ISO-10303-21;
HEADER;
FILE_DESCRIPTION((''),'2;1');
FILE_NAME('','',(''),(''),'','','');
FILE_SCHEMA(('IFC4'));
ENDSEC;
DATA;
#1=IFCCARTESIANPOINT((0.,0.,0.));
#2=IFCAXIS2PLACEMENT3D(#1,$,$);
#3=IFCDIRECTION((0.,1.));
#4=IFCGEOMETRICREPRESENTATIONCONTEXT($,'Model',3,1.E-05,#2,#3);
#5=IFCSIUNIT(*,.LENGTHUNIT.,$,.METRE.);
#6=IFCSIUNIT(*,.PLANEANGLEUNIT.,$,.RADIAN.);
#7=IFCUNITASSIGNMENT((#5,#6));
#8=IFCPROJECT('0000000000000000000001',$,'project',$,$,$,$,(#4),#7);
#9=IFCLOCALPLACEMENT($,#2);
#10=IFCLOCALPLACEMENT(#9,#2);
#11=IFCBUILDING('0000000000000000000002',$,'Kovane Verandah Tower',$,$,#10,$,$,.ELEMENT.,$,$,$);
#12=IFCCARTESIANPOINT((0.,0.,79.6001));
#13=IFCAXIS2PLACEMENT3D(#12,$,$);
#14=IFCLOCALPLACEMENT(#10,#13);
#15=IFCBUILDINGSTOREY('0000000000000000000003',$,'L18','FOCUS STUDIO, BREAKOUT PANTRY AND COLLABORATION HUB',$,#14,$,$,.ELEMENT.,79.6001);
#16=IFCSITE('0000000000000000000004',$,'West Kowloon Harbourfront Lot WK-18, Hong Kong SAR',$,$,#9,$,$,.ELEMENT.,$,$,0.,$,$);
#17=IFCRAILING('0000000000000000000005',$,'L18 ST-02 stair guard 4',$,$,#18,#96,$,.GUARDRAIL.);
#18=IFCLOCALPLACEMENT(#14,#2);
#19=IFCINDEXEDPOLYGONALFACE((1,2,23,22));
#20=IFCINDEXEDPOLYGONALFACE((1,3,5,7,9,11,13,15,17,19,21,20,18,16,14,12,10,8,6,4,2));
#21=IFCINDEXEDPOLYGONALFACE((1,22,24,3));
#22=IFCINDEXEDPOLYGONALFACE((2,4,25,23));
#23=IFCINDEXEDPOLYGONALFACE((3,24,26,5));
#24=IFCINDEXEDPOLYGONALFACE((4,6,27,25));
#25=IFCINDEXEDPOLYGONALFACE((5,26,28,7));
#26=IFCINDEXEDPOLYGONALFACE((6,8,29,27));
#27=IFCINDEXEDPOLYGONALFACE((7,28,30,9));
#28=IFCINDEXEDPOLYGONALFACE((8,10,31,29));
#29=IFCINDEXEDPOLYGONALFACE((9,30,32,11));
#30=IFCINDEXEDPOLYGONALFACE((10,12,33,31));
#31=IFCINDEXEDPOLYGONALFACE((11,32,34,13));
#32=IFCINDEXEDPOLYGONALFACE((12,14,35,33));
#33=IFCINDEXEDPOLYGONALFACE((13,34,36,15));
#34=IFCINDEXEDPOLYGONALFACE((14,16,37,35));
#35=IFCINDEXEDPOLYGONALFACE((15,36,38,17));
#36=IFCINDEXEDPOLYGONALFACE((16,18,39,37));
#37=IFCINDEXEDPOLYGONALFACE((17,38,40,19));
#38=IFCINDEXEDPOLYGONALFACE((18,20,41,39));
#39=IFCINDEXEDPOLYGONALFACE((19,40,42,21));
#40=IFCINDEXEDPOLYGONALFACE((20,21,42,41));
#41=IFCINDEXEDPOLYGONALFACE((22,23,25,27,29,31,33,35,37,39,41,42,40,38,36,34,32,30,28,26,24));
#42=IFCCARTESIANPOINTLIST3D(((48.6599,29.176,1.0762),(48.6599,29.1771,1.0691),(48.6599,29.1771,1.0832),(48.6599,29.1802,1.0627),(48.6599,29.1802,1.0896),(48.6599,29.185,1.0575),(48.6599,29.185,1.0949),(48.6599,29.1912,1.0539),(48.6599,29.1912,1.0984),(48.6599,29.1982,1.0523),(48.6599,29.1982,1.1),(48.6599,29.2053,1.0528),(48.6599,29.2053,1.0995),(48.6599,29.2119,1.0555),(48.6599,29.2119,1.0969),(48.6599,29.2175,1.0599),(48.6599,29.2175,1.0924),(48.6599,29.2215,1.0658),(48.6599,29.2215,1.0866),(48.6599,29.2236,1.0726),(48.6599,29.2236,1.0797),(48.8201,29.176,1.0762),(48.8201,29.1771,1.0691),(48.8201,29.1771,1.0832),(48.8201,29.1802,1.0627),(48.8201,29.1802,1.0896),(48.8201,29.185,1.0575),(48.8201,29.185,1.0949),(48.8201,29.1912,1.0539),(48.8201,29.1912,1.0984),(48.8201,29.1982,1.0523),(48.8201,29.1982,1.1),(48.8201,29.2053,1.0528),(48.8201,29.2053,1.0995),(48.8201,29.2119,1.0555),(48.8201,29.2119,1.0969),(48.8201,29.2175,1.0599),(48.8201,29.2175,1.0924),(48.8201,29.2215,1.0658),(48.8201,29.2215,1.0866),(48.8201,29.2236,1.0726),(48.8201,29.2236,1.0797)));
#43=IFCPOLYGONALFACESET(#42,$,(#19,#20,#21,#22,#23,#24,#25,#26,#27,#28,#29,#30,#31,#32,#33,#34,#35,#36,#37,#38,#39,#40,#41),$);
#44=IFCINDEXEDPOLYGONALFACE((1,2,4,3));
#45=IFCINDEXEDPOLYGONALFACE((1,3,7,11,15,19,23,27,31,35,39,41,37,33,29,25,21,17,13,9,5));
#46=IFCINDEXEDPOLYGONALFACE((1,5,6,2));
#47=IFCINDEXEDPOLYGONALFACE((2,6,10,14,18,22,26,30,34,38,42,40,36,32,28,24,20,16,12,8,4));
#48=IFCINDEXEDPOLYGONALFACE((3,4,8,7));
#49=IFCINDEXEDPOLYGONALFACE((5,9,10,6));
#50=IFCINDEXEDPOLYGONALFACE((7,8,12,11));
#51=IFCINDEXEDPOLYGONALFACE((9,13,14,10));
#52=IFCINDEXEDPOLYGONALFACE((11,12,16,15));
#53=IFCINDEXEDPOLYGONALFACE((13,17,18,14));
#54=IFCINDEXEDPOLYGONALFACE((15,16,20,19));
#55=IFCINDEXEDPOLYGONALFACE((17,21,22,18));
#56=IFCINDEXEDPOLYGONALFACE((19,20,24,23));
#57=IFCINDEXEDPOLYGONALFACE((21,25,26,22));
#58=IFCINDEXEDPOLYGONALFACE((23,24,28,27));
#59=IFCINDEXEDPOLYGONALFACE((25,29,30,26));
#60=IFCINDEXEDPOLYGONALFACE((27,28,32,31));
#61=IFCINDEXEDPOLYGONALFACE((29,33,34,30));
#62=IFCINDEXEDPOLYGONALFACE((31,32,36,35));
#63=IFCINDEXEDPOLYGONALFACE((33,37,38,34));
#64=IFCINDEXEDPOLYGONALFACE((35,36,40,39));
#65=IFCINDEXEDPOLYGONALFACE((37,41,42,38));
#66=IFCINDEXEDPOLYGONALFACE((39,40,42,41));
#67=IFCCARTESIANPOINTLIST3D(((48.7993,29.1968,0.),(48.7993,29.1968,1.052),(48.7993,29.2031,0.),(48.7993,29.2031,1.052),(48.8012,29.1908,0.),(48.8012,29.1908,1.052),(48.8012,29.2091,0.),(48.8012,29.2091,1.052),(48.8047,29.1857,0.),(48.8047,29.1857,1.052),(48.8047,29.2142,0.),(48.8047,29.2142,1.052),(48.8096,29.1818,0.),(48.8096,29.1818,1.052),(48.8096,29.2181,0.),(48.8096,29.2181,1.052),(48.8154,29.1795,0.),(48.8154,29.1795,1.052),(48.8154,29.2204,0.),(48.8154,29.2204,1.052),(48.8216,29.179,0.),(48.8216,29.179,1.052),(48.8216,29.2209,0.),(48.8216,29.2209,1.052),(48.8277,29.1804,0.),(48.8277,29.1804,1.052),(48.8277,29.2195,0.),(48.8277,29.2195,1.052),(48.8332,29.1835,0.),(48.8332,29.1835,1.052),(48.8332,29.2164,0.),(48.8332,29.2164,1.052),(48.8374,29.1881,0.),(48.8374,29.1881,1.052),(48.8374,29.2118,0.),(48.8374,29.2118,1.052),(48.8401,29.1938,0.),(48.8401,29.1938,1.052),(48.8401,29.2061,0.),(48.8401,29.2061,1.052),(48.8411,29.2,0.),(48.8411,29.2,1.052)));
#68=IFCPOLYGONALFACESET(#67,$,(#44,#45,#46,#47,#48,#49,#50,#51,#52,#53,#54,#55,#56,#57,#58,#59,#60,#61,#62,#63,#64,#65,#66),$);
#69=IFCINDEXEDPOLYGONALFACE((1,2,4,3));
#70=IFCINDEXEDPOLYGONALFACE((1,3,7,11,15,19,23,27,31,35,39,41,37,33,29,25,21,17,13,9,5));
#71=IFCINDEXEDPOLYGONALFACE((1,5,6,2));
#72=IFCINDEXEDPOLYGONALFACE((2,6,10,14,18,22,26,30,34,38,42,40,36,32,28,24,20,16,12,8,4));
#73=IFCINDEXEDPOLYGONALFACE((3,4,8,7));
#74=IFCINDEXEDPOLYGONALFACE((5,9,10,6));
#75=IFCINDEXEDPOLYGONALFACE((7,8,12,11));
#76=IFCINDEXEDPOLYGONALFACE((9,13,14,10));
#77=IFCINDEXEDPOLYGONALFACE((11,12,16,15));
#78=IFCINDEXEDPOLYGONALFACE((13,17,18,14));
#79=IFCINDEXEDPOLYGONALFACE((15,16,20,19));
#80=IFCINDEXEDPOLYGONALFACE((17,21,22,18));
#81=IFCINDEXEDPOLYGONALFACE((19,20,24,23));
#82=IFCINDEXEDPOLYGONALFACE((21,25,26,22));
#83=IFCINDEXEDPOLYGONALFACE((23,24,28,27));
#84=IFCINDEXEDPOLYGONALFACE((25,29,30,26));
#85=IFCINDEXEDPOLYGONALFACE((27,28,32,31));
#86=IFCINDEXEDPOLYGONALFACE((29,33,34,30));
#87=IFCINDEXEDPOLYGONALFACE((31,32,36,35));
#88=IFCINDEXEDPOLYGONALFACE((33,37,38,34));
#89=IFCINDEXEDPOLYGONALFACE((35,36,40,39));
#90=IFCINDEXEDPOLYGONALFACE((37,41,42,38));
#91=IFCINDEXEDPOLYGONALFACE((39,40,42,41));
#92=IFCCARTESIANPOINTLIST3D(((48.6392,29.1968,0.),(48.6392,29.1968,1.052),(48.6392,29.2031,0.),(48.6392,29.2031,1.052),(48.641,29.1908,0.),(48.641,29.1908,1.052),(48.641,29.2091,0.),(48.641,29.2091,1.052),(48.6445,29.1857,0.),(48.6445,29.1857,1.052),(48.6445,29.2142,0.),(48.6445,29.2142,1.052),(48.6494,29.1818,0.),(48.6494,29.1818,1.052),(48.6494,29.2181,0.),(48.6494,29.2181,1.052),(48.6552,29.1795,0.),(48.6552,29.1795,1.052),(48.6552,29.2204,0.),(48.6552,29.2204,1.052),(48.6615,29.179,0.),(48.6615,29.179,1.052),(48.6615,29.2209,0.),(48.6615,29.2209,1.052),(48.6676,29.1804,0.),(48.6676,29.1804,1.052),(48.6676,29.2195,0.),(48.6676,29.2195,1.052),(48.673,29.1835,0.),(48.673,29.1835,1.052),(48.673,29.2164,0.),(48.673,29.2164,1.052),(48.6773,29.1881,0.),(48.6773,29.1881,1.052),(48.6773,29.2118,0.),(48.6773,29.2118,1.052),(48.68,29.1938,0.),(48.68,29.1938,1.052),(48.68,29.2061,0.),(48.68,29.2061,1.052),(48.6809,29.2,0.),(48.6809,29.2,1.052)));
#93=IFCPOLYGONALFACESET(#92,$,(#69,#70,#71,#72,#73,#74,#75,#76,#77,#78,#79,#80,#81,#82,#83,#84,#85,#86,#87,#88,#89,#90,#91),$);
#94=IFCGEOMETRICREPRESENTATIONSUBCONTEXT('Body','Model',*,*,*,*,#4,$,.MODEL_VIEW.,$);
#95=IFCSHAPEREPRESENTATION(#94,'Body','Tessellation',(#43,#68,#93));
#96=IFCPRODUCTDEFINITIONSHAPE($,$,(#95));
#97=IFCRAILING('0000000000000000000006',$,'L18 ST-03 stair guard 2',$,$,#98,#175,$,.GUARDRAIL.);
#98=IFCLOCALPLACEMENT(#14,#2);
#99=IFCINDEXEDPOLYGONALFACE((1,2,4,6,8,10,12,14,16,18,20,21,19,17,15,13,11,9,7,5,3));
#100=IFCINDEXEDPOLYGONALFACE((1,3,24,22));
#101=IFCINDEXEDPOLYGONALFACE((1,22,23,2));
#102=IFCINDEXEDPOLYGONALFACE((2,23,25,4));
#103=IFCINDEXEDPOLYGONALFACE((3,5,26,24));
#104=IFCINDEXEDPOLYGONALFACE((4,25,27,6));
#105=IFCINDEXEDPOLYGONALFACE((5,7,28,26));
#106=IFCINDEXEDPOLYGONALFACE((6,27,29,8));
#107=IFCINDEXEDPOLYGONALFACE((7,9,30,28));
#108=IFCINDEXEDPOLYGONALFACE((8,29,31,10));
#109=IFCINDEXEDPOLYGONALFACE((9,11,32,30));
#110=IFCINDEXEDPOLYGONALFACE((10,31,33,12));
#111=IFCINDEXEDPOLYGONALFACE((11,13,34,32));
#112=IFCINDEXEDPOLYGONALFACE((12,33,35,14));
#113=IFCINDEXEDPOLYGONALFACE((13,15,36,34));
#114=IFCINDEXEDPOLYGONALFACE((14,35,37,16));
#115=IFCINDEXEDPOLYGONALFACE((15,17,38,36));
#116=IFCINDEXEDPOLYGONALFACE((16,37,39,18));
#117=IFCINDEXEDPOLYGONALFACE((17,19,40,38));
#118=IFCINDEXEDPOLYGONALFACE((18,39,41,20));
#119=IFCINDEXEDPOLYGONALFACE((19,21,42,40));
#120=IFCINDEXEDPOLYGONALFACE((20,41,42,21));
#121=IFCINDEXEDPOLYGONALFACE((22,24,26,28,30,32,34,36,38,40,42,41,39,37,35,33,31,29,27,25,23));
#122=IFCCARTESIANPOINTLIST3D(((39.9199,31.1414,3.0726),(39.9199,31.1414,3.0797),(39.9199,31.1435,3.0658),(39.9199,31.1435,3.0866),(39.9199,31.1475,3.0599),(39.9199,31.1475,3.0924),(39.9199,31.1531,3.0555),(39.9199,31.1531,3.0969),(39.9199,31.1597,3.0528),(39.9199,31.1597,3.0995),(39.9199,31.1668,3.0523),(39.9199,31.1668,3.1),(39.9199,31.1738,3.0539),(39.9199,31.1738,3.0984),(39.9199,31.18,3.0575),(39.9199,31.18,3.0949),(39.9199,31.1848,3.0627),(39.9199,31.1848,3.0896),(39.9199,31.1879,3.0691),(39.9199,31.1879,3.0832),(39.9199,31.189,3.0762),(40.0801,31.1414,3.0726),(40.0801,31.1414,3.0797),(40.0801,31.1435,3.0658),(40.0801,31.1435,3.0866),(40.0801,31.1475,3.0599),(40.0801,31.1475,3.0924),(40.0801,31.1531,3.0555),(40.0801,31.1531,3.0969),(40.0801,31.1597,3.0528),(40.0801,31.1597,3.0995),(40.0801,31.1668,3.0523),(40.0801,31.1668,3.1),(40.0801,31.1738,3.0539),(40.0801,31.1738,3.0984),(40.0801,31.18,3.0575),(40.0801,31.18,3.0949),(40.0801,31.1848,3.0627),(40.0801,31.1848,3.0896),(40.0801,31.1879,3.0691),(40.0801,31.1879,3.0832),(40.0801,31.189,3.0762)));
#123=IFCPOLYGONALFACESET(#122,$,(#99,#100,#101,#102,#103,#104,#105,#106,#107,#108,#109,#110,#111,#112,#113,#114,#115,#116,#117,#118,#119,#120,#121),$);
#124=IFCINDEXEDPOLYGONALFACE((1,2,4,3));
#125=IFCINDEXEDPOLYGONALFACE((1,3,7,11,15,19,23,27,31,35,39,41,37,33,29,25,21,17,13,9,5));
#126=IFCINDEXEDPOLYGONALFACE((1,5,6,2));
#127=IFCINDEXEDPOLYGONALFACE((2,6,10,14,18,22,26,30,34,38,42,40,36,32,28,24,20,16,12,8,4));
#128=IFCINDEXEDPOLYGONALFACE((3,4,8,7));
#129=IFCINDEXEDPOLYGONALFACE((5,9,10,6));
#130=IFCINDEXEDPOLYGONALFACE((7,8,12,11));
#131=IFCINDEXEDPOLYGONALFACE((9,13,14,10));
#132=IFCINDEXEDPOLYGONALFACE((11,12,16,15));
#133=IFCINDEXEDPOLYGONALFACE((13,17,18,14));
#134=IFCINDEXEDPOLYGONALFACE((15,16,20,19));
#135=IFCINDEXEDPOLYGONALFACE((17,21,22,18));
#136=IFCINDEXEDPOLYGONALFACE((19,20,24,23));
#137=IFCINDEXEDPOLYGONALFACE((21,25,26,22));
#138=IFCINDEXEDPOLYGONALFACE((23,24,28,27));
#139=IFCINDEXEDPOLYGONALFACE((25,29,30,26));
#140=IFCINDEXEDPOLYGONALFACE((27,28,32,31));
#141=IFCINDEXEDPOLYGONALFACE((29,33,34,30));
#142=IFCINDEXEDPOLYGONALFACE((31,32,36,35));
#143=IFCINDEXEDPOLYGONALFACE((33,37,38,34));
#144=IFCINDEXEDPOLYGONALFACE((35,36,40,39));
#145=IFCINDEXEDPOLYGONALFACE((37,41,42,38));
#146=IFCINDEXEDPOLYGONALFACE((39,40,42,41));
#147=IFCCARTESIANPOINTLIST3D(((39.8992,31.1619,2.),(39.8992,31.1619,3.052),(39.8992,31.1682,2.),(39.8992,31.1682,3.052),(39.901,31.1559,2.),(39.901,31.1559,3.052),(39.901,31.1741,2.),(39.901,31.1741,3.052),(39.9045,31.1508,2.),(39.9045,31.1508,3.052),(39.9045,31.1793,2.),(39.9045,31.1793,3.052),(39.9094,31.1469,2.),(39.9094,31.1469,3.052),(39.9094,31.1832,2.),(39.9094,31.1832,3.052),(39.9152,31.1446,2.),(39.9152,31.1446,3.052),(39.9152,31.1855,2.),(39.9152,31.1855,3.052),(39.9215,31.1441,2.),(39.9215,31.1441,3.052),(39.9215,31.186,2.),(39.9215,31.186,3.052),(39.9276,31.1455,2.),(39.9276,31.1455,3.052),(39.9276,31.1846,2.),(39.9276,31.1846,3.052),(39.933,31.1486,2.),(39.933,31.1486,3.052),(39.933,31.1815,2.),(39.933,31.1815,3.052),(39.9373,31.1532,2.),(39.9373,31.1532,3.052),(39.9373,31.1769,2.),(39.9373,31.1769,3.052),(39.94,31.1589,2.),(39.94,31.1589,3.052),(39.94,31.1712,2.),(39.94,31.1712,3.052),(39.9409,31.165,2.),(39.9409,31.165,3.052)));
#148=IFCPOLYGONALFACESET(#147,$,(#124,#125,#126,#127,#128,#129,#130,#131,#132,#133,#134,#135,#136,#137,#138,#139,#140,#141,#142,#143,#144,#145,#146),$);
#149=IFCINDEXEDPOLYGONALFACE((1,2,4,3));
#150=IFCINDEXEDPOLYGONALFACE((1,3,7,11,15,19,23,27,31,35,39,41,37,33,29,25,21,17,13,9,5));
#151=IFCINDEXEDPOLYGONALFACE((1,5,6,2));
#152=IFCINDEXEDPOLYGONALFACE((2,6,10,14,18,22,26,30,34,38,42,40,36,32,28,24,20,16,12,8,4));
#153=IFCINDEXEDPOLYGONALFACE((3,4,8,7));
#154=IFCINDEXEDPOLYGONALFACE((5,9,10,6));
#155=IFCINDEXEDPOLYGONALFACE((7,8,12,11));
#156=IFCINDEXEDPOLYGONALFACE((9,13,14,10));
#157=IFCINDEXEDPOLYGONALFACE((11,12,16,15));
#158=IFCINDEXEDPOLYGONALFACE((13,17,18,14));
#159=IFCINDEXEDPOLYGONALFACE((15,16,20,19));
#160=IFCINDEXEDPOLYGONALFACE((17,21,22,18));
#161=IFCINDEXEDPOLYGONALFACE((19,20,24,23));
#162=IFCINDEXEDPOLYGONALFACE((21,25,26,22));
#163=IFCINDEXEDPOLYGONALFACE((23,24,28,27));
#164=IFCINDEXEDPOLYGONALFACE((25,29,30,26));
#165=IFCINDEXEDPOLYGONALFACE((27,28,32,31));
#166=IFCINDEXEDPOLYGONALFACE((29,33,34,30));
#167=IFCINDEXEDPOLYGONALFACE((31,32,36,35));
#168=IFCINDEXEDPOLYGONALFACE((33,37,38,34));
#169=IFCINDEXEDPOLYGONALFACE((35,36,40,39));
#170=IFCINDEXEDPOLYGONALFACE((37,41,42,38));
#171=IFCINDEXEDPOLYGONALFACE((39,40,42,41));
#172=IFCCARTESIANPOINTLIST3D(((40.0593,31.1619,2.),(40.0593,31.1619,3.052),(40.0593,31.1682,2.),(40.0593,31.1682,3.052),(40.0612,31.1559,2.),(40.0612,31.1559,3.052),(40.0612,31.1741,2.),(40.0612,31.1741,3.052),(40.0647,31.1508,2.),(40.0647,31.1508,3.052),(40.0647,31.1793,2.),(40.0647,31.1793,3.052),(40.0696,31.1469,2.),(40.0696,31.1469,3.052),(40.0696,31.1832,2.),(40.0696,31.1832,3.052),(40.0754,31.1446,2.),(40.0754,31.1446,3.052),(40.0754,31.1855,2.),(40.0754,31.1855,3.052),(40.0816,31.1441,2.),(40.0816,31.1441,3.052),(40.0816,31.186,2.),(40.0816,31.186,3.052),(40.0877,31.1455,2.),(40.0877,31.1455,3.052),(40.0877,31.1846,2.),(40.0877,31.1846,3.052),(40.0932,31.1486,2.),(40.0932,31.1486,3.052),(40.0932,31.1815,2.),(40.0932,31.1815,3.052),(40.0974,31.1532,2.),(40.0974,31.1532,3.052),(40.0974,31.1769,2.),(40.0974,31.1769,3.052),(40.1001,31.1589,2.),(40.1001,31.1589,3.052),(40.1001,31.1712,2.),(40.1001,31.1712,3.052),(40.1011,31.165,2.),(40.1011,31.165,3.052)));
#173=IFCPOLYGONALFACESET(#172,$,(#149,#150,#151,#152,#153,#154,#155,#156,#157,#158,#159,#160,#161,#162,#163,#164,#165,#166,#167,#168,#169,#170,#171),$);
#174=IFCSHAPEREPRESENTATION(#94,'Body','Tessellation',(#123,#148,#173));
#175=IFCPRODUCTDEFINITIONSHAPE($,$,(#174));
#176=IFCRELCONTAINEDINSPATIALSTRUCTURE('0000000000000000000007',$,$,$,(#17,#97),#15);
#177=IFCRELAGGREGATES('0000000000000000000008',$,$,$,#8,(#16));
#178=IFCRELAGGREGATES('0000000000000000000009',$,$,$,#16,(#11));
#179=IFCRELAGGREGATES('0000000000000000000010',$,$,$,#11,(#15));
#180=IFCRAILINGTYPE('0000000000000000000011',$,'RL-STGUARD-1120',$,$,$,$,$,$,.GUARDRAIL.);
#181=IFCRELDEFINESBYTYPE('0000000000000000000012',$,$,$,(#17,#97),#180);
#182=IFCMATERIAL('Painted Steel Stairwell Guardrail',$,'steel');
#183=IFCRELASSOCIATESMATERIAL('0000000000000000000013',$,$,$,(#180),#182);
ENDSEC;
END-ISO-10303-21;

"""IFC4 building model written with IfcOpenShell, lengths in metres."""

from ifc_helpers import new_model, si_unit, direction, frame, origin, origin_2d, place, context, subcontext, project, spatial, circle, extrude, material, type_object, element, save


model = new_model("IFC4")

# Units and contexts
model_context = context("Model", 3, precision=1e-05, world=origin(), true_north=direction((0.0, 1.0)))
body_context = subcontext(model_context, "Body", "Model", "MODEL_VIEW")
ifc_project = project(units=[si_unit("LENGTHUNIT", "METRE"), si_unit("PLANEANGLEUNIT", "RADIAN")], contexts=[model_context])

# Site, building, storey
site_placement = place(None, origin())
site = spatial("IfcSite", under=ifc_project, at=site_placement, Name="West Kowloon Harbourfront Lot WK-18, Hong Kong SAR", CompositionType="ELEMENT", RefElevation=0.0)
building_placement = place(site_placement, origin())
building = spatial("IfcBuilding", under=site, at=building_placement, Name="Kovane Verandah Tower", CompositionType="ELEMENT")
storey_placement = place(building_placement, frame((0.0, 0.0, 79.6001)))
storey = spatial("IfcBuildingStorey", under=building, at=storey_placement, Name="L18", Description="FOCUS STUDIO, BREAKOUT PANTRY AND COLLABORATION HUB", CompositionType="ELEMENT", Elevation=79.6001)

# Railings
ifc_material_1 = material(Name="Painted Steel Stairwell Guardrail", Category="steel")
railing_type_1 = type_object("IfcRailingType", Name="RL-STGUARD-1120", PredefinedType="GUARDRAIL", material=ifc_material_1)
railing_1_placement = place(storey_placement, frame((48.8201, 29.2, 0.0)))
element("IfcRailing", 1, at=railing_1_placement, inside=storey, type_object=railing_type_1, Name="L18 ST-02 stair guard 4", PredefinedType="GUARDRAIL", context=body_context, shape_type="SweptSolid", body=[
    extrude(circle(Radius=0.0239, at=origin_2d()), frame((0.0, 0.0, 1.0762), z_axis=(-1.0, 0.0, 0.0), x_axis=(0.0, -1.0, 0.0)), (0.0, 0.0, 1.0), 0.1602),
    extrude(circle(Radius=0.021, at=origin_2d()), origin(), (0.0, 0.0, 1.0), 1.052),
    extrude(circle(Radius=0.021, at=origin_2d()), frame((-0.1602, 0.0, 0.0)), (0.0, 0.0, 1.0), 1.052),
])
railing_2_placement = place(storey_placement, frame((39.9199, 31.165, 2.0)))
element("IfcRailing", 2, at=railing_2_placement, inside=storey, type_object=railing_type_1, Name="L18 ST-03 stair guard 2", PredefinedType="GUARDRAIL", context=body_context, shape_type="SweptSolid", body=[
    extrude(circle(Radius=0.0239, at=origin_2d()), frame((0.0, 0.0, 1.0762), z_axis=(1.0, 0.0, 0.0), x_axis=(0.0, 1.0, 0.0)), (0.0, 0.0, 1.0), 0.1602),
    extrude(circle(Radius=0.021, at=origin_2d()), origin(), (0.0, 0.0, 1.0), 1.052),
    extrude(circle(Radius=0.021, at=origin_2d()), frame((0.1602, 0.0, 0.0)), (0.0, 0.0, 1.0), 1.052),
])

save(model, "model.ifc")
